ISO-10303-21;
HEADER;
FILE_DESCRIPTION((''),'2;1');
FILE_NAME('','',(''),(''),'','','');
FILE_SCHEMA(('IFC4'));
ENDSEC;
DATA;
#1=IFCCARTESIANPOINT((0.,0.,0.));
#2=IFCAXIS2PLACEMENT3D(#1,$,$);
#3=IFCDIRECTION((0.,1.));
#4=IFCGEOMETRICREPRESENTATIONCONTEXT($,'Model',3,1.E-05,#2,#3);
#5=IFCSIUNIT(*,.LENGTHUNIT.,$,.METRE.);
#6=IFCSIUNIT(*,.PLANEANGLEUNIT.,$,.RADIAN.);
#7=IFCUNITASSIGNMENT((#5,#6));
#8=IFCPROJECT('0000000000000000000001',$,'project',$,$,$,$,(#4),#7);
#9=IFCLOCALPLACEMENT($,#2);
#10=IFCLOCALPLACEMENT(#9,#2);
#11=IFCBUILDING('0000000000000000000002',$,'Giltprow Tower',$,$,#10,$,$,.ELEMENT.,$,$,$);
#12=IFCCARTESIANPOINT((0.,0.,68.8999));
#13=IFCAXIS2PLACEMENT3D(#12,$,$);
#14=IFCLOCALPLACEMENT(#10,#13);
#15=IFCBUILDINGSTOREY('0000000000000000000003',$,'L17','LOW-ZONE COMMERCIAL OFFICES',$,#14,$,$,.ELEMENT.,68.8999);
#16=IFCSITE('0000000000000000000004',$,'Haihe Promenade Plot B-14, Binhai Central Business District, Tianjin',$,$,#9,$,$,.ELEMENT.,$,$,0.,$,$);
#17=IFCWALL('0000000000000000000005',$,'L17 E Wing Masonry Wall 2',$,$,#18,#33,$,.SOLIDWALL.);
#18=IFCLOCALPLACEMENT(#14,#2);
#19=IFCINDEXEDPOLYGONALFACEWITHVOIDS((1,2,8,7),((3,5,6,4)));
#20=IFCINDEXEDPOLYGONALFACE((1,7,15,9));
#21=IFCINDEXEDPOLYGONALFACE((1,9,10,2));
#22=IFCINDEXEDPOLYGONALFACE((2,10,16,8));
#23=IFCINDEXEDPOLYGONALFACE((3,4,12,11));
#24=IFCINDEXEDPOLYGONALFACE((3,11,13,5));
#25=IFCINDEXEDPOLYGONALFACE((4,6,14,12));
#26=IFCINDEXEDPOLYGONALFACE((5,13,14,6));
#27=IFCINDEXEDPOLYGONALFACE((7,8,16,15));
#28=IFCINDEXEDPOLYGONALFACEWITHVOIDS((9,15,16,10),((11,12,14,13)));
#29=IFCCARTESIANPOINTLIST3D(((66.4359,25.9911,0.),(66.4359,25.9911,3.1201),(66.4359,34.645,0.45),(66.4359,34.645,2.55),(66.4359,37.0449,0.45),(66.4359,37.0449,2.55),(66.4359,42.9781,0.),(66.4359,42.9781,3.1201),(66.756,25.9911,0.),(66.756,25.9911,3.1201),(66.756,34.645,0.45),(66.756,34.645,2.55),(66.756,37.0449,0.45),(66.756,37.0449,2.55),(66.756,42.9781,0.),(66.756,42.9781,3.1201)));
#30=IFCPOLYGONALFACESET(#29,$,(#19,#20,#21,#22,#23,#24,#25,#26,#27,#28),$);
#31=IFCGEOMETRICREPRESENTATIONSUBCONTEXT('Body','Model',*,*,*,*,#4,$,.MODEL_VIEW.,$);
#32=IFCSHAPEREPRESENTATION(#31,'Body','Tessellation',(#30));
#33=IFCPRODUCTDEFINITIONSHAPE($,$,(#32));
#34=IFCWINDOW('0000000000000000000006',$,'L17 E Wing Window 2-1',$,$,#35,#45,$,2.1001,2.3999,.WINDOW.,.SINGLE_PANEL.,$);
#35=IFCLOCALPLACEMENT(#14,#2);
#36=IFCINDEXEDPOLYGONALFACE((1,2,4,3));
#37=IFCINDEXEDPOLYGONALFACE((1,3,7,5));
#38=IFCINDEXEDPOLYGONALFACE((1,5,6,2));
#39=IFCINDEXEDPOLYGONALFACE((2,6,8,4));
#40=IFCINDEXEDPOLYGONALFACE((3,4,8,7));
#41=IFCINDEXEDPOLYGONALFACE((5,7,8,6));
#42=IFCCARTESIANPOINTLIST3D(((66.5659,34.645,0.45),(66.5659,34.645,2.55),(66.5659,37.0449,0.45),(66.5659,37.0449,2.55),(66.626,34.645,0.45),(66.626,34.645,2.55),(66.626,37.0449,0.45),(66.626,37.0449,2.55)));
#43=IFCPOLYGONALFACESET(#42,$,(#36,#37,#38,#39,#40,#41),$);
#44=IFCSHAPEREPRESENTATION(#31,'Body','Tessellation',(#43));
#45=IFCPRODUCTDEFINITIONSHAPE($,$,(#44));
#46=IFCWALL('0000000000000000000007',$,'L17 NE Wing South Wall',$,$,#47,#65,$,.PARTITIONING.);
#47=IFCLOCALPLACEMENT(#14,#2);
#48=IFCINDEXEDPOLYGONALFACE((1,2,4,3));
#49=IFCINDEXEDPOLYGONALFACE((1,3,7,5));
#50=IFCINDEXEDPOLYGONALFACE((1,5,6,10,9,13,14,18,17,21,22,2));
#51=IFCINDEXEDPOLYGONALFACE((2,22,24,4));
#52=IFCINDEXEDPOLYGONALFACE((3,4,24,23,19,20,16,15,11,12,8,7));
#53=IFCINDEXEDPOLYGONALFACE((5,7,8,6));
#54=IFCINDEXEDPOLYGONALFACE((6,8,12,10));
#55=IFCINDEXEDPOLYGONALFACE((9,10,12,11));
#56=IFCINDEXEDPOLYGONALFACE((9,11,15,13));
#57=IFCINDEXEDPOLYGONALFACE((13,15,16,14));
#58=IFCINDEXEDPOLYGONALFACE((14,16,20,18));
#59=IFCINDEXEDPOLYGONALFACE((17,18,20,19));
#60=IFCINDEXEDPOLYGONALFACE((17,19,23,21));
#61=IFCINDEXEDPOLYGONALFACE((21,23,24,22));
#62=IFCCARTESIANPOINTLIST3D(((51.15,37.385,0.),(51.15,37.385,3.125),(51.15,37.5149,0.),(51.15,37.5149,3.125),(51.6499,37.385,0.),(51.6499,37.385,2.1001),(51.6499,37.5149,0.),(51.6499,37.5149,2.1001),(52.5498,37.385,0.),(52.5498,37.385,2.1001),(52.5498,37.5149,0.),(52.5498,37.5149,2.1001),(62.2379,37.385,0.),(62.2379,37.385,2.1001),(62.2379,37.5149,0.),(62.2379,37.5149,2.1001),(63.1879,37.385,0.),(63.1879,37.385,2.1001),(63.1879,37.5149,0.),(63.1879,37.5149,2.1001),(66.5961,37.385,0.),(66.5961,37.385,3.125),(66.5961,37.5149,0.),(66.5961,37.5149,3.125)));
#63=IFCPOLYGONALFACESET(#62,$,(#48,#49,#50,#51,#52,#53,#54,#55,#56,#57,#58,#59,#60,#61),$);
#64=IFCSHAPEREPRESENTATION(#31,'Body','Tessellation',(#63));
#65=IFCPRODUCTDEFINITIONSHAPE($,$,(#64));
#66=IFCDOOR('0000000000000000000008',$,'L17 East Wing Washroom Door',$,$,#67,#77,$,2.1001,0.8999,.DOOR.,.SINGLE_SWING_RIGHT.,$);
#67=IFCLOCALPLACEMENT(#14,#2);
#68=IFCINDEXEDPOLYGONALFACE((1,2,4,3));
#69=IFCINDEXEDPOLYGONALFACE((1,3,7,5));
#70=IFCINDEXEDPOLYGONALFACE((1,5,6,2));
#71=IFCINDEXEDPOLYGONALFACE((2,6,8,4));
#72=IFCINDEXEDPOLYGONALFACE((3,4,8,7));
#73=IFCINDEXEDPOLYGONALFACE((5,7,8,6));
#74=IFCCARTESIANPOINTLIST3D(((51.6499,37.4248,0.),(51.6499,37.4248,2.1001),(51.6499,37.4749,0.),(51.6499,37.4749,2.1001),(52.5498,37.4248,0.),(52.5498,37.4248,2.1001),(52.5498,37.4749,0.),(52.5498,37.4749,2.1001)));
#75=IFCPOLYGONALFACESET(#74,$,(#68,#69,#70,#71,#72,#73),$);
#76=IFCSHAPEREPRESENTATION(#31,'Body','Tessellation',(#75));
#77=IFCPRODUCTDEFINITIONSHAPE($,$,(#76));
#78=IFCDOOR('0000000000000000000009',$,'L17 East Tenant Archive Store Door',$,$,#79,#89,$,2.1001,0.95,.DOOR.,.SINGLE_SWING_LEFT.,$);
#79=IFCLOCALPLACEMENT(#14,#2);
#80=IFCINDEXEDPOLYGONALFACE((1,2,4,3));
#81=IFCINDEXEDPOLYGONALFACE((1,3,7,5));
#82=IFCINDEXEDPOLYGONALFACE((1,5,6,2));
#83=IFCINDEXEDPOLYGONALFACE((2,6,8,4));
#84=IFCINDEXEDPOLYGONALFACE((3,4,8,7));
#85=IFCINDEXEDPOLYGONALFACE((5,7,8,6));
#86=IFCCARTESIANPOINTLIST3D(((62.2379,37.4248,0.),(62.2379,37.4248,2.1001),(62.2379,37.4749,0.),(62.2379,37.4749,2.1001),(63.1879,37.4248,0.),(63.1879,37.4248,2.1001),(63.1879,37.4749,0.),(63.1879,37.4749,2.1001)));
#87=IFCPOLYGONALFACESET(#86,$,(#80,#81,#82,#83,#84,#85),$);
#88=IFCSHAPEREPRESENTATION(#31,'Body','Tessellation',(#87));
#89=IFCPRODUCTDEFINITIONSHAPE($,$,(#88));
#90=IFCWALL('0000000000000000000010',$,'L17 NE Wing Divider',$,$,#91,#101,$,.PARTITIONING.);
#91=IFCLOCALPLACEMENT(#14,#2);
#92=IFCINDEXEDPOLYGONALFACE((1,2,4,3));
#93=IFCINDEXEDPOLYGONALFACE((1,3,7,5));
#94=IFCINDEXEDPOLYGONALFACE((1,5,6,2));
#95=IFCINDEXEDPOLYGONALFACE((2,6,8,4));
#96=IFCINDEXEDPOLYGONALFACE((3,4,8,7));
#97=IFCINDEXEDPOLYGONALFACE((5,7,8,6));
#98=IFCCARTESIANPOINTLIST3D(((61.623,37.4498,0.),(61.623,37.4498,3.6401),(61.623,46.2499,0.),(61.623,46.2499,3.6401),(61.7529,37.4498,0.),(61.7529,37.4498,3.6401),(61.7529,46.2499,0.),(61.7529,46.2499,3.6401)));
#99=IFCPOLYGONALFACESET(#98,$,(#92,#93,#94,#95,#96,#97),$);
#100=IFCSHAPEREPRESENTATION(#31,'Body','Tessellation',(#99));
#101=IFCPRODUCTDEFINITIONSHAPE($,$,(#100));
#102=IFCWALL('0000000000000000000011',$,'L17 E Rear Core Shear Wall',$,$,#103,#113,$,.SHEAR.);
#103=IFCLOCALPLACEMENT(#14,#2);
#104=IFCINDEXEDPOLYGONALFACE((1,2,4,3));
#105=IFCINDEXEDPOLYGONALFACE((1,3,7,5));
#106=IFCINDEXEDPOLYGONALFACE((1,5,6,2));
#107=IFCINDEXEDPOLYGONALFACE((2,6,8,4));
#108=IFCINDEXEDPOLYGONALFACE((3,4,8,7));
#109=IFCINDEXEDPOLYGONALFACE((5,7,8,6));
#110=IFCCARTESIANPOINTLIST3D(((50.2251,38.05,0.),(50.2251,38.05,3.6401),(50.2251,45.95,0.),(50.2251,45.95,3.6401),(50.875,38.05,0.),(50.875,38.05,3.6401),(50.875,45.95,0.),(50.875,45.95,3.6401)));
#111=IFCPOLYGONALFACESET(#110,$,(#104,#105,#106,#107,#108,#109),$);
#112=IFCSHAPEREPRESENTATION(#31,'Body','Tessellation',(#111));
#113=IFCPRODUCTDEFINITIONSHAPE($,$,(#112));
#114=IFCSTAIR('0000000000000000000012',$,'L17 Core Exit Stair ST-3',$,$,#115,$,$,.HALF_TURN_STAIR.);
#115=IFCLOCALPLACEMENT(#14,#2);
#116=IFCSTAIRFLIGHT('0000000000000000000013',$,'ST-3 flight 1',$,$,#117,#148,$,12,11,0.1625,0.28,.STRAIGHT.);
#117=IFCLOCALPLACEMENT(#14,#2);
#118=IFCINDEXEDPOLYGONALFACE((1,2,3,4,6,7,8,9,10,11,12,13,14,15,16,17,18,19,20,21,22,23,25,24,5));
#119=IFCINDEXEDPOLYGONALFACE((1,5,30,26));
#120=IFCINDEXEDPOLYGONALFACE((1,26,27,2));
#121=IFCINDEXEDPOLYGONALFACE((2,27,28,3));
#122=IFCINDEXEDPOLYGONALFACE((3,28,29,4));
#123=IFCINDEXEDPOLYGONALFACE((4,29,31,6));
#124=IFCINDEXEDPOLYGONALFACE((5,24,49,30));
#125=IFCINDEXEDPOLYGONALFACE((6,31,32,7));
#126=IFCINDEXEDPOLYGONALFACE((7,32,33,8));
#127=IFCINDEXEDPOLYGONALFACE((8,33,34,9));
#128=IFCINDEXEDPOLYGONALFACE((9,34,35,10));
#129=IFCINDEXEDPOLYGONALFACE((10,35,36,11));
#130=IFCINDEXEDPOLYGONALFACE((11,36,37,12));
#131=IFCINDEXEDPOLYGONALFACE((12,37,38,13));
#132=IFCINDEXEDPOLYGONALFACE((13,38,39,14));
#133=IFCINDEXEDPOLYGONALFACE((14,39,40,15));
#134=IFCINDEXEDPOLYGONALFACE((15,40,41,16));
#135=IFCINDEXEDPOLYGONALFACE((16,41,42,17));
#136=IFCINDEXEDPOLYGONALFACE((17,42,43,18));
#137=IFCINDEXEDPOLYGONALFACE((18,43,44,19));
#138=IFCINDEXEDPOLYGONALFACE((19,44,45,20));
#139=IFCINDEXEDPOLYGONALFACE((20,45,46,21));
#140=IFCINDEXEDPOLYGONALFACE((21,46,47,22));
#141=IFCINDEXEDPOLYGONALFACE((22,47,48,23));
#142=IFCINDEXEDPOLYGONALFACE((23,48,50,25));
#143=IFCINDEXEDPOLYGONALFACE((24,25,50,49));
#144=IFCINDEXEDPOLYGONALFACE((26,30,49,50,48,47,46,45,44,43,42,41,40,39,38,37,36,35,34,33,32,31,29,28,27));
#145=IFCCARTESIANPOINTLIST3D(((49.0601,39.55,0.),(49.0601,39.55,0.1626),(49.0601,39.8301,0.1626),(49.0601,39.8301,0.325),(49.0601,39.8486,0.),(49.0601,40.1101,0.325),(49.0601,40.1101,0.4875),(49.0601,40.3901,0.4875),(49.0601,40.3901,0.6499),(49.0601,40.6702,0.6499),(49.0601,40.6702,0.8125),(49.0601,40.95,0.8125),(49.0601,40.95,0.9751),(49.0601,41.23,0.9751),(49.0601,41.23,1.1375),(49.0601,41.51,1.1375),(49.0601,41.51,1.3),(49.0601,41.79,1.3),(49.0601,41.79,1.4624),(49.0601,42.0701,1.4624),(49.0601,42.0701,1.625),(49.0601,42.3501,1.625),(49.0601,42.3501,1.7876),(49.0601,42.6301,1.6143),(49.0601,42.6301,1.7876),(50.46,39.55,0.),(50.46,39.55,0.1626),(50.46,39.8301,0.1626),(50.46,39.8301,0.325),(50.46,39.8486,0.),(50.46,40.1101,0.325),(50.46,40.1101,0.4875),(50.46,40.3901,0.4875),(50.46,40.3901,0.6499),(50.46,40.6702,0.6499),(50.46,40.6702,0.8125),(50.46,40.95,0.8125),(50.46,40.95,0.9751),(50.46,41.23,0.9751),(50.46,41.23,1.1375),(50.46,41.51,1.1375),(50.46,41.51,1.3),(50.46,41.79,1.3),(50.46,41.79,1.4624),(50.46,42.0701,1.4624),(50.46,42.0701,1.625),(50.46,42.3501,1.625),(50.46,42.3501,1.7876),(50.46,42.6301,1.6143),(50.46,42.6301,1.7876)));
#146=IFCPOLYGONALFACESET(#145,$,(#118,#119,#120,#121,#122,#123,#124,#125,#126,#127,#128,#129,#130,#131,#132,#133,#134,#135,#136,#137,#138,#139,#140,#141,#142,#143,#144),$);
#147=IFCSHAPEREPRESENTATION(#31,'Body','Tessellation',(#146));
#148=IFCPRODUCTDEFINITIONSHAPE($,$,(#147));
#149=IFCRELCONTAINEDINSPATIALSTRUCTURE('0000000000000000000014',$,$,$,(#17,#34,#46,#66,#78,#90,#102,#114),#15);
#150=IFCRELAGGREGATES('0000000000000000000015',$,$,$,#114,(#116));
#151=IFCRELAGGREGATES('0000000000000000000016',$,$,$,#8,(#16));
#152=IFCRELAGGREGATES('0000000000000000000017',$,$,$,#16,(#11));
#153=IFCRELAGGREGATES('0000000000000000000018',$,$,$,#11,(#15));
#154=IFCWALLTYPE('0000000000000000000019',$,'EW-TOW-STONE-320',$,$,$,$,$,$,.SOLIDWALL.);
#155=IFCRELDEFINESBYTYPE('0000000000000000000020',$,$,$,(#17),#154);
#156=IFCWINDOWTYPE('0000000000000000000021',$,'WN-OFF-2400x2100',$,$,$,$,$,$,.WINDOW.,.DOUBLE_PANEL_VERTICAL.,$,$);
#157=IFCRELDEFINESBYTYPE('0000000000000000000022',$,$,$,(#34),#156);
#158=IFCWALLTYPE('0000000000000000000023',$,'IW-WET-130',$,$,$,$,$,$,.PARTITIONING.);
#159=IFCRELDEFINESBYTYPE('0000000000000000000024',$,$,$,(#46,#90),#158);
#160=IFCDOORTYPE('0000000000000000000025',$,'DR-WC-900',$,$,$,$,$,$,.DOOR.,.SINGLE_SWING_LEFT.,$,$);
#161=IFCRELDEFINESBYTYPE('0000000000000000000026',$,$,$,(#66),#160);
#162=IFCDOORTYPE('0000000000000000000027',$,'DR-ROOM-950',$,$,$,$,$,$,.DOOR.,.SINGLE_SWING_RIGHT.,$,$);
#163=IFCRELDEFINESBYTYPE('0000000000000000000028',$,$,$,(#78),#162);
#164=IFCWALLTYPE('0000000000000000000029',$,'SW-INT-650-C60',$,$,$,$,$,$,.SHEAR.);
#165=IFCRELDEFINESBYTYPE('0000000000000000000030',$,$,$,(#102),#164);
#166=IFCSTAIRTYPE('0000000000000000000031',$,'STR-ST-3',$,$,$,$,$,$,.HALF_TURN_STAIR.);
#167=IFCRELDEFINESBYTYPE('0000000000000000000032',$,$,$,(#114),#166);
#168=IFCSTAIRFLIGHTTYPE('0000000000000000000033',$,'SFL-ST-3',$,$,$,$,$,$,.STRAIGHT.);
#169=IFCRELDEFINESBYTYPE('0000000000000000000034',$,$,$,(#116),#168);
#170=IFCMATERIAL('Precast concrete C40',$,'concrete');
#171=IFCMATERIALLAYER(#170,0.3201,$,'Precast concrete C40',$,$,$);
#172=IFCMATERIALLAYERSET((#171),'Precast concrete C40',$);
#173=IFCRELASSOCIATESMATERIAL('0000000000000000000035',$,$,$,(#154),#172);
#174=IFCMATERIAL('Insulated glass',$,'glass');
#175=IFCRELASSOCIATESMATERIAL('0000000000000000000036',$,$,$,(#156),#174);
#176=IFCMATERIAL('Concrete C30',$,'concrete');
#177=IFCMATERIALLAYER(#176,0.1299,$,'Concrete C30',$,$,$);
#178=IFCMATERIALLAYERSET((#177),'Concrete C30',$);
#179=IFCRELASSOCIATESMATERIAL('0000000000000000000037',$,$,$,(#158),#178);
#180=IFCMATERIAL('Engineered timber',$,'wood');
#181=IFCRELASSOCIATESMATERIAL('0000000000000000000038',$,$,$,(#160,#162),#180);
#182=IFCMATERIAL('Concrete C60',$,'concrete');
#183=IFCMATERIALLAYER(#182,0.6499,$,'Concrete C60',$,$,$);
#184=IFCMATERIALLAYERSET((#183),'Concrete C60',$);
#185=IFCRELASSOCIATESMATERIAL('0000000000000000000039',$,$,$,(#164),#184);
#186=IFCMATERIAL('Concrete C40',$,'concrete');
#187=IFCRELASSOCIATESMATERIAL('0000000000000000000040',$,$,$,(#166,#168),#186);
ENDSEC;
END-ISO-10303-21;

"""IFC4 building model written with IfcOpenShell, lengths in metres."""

from ifc_helpers import new_model, si_unit, direction, frame, frame_2d, origin, place, context, subcontext, project, spatial, polyline, rectangle, outline, extrude, source, transform, mapped, material, layer, layer_set, type_object, element, fill, aggregate, save


model = new_model("IFC4")

# Units and contexts
model_context = context("Model", 3, precision=1e-05, world=origin(), true_north=direction((0.0, 1.0)))
body_context = subcontext(model_context, "Body", "Model", "MODEL_VIEW")
ifc_project = project(units=[si_unit("LENGTHUNIT", "METRE"), si_unit("PLANEANGLEUNIT", "RADIAN")], contexts=[model_context])

# Site, building, storey
site_placement = place(None, origin())
site = spatial("IfcSite", under=ifc_project, at=site_placement, Name="Haihe Promenade Plot B-14, Binhai Central Business District, Tianjin", CompositionType="ELEMENT", RefElevation=0.0)
building_placement = place(site_placement, origin())
building = spatial("IfcBuilding", under=site, at=building_placement, Name="Giltprow Tower", CompositionType="ELEMENT")
storey_placement = place(building_placement, frame((0.0, 0.0, 68.8999)))
storey = spatial("IfcBuildingStorey", under=building, at=storey_placement, Name="L17", Description="LOW-ZONE COMMERCIAL OFFICES", CompositionType="ELEMENT", Elevation=68.8999)

# Shared definitions
ifc_material_1 = material(Name="Concrete C60", Category="concrete")

# Wall, opening, window
ifc_material_2 = material(Name="Precast concrete C40", Category="concrete")
ifc_layer_1 = layer(ifc_material_2, 0.3201, Name="Precast concrete C40")
ifc_layer_set_1 = layer_set([ifc_layer_1], Name="Precast concrete C40")
wall_type_1 = type_object("IfcWallType", Name="EW-TOW-STONE-320", PredefinedType="SOLIDWALL", material=ifc_layer_set_1)
wall_1_placement = place(storey_placement, frame((66.5959, 25.991, 0.0), z_axis=(0.0, 0.0, 1.0), x_axis=(0.0, 1.0, 0.0)))
wall_1 = element("IfcWall", 1, at=wall_1_placement, inside=storey, type_object=wall_type_1, Name="L17 E Wing Masonry Wall 2", PredefinedType="SOLIDWALL", context=body_context, shape_type="SweptSolid", body=[
    extrude(rectangle(XDim=16.9871, YDim=0.3201, at=frame_2d((8.4937, 0.0))), origin(), (0.0, 0.0, 1.0), 3.1201),
])
opening_1_placement = place(wall_1_placement, frame((8.6541, 0.0, 0.45)))
opening_1 = element("IfcOpeningElement", 2, at=opening_1_placement, cuts=wall_1, PredefinedType="OPENING", context=body_context, shape_type="SweptSolid", body=[
    extrude(rectangle(XDim=2.3999, YDim=2.1001, at=frame_2d((1.2, 1.05))), frame((0.0, 0.1699, 0.0), z_axis=(0.0, -1.0, 0.0), x_axis=(1.0, 0.0, 0.0)), (0.0, 0.0, 1.0), 0.3401),
])
ifc_material_3 = material(Name="Insulated glass", Category="glass")
window_type = type_object("IfcWindowType", Name="WN-OFF-2400x2100", PartitioningType="DOUBLE_PANEL_VERTICAL", PredefinedType="WINDOW", material=ifc_material_3)
shared_shape_1 = source(origin(), body_context, "Body", "SweptSolid", [
    extrude(rectangle(XDim=2.3999, YDim=2.1001, at=frame_2d((1.2, 1.05))), frame((0.0, 0.03, 0.0), z_axis=(0.0, -1.0, 0.0), x_axis=(1.0, 0.0, 0.0)), (0.0, 0.0, 1.0), 0.0601),
])
window_placement = place(opening_1_placement, origin())
window = element("IfcWindow", 3, at=window_placement, inside=storey, type_object=window_type, Name="L17 E Wing Window 2-1", OverallHeight=2.1001, OverallWidth=2.3999, PartitioningType="SINGLE_PANEL", PredefinedType="WINDOW", context=body_context, shape_type="MappedRepresentation", body=[
    mapped(shared_shape_1, transform((0.0, 0.0, 0.0), x_axis=(1.0, 0.0, 0.0), y_axis=(0.0, 1.0, 0.0), z_axis=(0.0, 0.0, 1.0), scale=1.0)),
])
fill(opening_1, window)

# Wall, openings, doors
ifc_material_4 = material(Name="Concrete C30", Category="concrete")
ifc_layer_2 = layer(ifc_material_4, 0.1299, Name="Concrete C30")
ifc_layer_set_2 = layer_set([ifc_layer_2], Name="Concrete C30")
wall_type_2 = type_object("IfcWallType", Name="IW-WET-130", PredefinedType="PARTITIONING", material=ifc_layer_set_2)
wall_2_placement = place(storey_placement, frame((51.1499, 37.45, 0.0), z_axis=(0.0, 0.0, 1.0), x_axis=(1.0, 0.0, 0.0)))
wall_2 = element("IfcWall", 4, at=wall_2_placement, inside=storey, type_object=wall_type_2, Name="L17 NE Wing South Wall", PredefinedType="PARTITIONING", context=body_context, shape_type="SweptSolid", body=[
    extrude(rectangle(XDim=15.446, YDim=0.1299, at=frame_2d((7.7231, 0.0))), origin(), (0.0, 0.0, 1.0), 3.125),
])
opening_2_placement = place(wall_2_placement, frame((0.5, 0.0, 0.0)))
opening_2 = element("IfcOpeningElement", 5, at=opening_2_placement, cuts=wall_2, PredefinedType="OPENING", context=body_context, shape_type="SweptSolid", body=[
    extrude(rectangle(XDim=0.8999, YDim=2.1001, at=frame_2d((0.45, 1.05))), frame((0.0, 0.075, 0.0), z_axis=(0.0, -1.0, 0.0), x_axis=(1.0, 0.0, 0.0)), (0.0, 0.0, 1.0), 0.1499),
])
opening_3_placement = place(wall_2_placement, frame((11.0879, 0.0, 0.0)))
opening_3 = element("IfcOpeningElement", 6, at=opening_3_placement, cuts=wall_2, PredefinedType="OPENING", context=body_context, shape_type="SweptSolid", body=[
    extrude(rectangle(XDim=0.95, YDim=2.1001, at=frame_2d((0.4751, 1.05))), frame((0.0, 0.075, 0.0), z_axis=(0.0, -1.0, 0.0), x_axis=(1.0, 0.0, 0.0)), (0.0, 0.0, 1.0), 0.1499),
])
ifc_material_5 = material(Name="Engineered timber", Category="wood")
door_type_1 = type_object("IfcDoorType", Name="DR-WC-900", OperationType="SINGLE_SWING_LEFT", PredefinedType="DOOR", material=ifc_material_5)
shared_shape_2 = source(origin(), body_context, "Body", "SweptSolid", [
    extrude(rectangle(XDim=0.8999, YDim=2.1001, at=frame_2d((0.45, 1.05))), frame((0.0, 0.0249, 0.0), z_axis=(0.0, -1.0, 0.0), x_axis=(1.0, 0.0, 0.0)), (0.0, 0.0, 1.0), 0.05),
])
door_1_placement = place(opening_2_placement, origin())
door_1 = element("IfcDoor", 7, at=door_1_placement, inside=storey, type_object=door_type_1, Name="L17 East Wing Washroom Door", OperationType="SINGLE_SWING_RIGHT", OverallHeight=2.1001, OverallWidth=0.8999, PredefinedType="DOOR", context=body_context, shape_type="MappedRepresentation", body=[
    mapped(shared_shape_2, transform((0.0, 0.0, 0.0), x_axis=(1.0, 0.0, 0.0), y_axis=(0.0, 1.0, 0.0), z_axis=(0.0, 0.0, 1.0), scale=1.0)),
])
fill(opening_2, door_1)
door_type_2 = type_object("IfcDoorType", Name="DR-ROOM-950", OperationType="SINGLE_SWING_RIGHT", PredefinedType="DOOR", material=ifc_material_5)
shared_shape_3 = source(origin(), body_context, "Body", "SweptSolid", [
    extrude(rectangle(XDim=0.95, YDim=2.1001, at=frame_2d((0.4751, 1.05))), frame((0.0, 0.0249, 0.0), z_axis=(0.0, -1.0, 0.0), x_axis=(1.0, 0.0, 0.0)), (0.0, 0.0, 1.0), 0.05),
])
door_2_placement = place(opening_3_placement, origin())
door_2 = element("IfcDoor", 8, at=door_2_placement, inside=storey, type_object=door_type_2, Name="L17 East Tenant Archive Store Door", OperationType="SINGLE_SWING_LEFT", OverallHeight=2.1001, OverallWidth=0.95, PredefinedType="DOOR", context=body_context, shape_type="MappedRepresentation", body=[
    mapped(shared_shape_3, transform((0.0, 0.0, 0.0), x_axis=(1.0, 0.0, 0.0), y_axis=(0.0, 1.0, 0.0), z_axis=(0.0, 0.0, 1.0), scale=1.0)),
])
fill(opening_3, door_2)

# Walls
wall_3_placement = place(storey_placement, frame((61.688, 37.45, 0.0), z_axis=(0.0, 0.0, 1.0), x_axis=(0.0, 1.0, 0.0)))
element("IfcWall", 9, at=wall_3_placement, inside=storey, type_object=wall_type_2, Name="L17 NE Wing Divider", PredefinedType="PARTITIONING", context=body_context, shape_type="SweptSolid", body=[
    extrude(rectangle(XDim=8.8, YDim=0.1299, at=frame_2d((4.3999, 0.0))), origin(), (0.0, 0.0, 1.0), 3.6401),
])
ifc_layer_3 = layer(ifc_material_1, 0.6499, Name="Concrete C60")
ifc_layer_set_3 = layer_set([ifc_layer_3], Name="Concrete C60")
wall_type_3 = type_object("IfcWallType", Name="SW-INT-650-C60", PredefinedType="SHEAR", material=ifc_layer_set_3)
wall_4_placement = place(storey_placement, frame((50.55, 38.05, 0.0), z_axis=(0.0, 0.0, 1.0), x_axis=(0.0, 1.0, 0.0)))
element("IfcWall", 10, at=wall_4_placement, inside=storey, type_object=wall_type_3, Name="L17 E Rear Core Shear Wall", PredefinedType="SHEAR", context=body_context, shape_type="SweptSolid", body=[
    extrude(rectangle(XDim=7.8999, YDim=0.6499, at=frame_2d((3.95, 0.0))), origin(), (0.0, 0.0, 1.0), 3.6401),
])

# Stair, stair flight
ifc_material_6 = material(Name="Concrete C40", Category="concrete")
stair_type = type_object("IfcStairType", Name="STR-ST-3", PredefinedType="HALF_TURN_STAIR", material=ifc_material_6)
stair_placement = place(storey_placement, origin())
stair = element("IfcStair", 11, at=stair_placement, inside=storey, type_object=stair_type, Name="L17 Core Exit Stair ST-3", PredefinedType="HALF_TURN_STAIR")
stair_flight_type = type_object("IfcStairFlightType", Name="SFL-ST-3", PredefinedType="STRAIGHT", material=ifc_material_6)
stair_flight_placement = place(storey_placement, frame((49.76, 39.55, 0.0), z_axis=(0.0, 0.0, 1.0), x_axis=(0.0, 1.0, 0.0)))
stair_flight = element("IfcStairFlight", 12, at=stair_flight_placement, type_object=stair_flight_type, Name="ST-3 flight 1", NumberOfRisers=12, NumberOfTreads=11, PredefinedType="STRAIGHT", RiserHeight=0.1625, TreadLength=0.28, context=body_context, shape_type="SweptSolid", body=[
    extrude(outline(polyline([(0.0, 0.0), (0.0, 0.1626), (0.28, 0.1626), (0.28, 0.325), (0.5601, 0.325), (0.5601, 0.4875), (0.8401, 0.4875), (0.8401, 0.6499), (1.1201, 0.6499), (1.1201, 0.8125), (1.3999, 0.8125), (1.3999, 0.9751), (1.6799, 0.9751), (1.6799, 1.1375), (1.96, 1.1375), (1.96, 1.3), (2.24, 1.3), (2.24, 1.4624), (2.52, 1.4624), (2.52, 1.625), (2.8, 1.625), (2.8, 1.7876), (3.0801, 1.7876), (3.0801, 1.95), (3.0801, 1.6143), (0.2986, 0.0), (0.0, 0.0)])), frame((0.0, 0.7, 0.0), z_axis=(0.0, -1.0, 0.0), x_axis=(1.0, 0.0, 0.0)), (0.0, 0.0, 1.0), 1.3999),
])
aggregate(stair, [stair_flight])

save(model, "model.ifc")
